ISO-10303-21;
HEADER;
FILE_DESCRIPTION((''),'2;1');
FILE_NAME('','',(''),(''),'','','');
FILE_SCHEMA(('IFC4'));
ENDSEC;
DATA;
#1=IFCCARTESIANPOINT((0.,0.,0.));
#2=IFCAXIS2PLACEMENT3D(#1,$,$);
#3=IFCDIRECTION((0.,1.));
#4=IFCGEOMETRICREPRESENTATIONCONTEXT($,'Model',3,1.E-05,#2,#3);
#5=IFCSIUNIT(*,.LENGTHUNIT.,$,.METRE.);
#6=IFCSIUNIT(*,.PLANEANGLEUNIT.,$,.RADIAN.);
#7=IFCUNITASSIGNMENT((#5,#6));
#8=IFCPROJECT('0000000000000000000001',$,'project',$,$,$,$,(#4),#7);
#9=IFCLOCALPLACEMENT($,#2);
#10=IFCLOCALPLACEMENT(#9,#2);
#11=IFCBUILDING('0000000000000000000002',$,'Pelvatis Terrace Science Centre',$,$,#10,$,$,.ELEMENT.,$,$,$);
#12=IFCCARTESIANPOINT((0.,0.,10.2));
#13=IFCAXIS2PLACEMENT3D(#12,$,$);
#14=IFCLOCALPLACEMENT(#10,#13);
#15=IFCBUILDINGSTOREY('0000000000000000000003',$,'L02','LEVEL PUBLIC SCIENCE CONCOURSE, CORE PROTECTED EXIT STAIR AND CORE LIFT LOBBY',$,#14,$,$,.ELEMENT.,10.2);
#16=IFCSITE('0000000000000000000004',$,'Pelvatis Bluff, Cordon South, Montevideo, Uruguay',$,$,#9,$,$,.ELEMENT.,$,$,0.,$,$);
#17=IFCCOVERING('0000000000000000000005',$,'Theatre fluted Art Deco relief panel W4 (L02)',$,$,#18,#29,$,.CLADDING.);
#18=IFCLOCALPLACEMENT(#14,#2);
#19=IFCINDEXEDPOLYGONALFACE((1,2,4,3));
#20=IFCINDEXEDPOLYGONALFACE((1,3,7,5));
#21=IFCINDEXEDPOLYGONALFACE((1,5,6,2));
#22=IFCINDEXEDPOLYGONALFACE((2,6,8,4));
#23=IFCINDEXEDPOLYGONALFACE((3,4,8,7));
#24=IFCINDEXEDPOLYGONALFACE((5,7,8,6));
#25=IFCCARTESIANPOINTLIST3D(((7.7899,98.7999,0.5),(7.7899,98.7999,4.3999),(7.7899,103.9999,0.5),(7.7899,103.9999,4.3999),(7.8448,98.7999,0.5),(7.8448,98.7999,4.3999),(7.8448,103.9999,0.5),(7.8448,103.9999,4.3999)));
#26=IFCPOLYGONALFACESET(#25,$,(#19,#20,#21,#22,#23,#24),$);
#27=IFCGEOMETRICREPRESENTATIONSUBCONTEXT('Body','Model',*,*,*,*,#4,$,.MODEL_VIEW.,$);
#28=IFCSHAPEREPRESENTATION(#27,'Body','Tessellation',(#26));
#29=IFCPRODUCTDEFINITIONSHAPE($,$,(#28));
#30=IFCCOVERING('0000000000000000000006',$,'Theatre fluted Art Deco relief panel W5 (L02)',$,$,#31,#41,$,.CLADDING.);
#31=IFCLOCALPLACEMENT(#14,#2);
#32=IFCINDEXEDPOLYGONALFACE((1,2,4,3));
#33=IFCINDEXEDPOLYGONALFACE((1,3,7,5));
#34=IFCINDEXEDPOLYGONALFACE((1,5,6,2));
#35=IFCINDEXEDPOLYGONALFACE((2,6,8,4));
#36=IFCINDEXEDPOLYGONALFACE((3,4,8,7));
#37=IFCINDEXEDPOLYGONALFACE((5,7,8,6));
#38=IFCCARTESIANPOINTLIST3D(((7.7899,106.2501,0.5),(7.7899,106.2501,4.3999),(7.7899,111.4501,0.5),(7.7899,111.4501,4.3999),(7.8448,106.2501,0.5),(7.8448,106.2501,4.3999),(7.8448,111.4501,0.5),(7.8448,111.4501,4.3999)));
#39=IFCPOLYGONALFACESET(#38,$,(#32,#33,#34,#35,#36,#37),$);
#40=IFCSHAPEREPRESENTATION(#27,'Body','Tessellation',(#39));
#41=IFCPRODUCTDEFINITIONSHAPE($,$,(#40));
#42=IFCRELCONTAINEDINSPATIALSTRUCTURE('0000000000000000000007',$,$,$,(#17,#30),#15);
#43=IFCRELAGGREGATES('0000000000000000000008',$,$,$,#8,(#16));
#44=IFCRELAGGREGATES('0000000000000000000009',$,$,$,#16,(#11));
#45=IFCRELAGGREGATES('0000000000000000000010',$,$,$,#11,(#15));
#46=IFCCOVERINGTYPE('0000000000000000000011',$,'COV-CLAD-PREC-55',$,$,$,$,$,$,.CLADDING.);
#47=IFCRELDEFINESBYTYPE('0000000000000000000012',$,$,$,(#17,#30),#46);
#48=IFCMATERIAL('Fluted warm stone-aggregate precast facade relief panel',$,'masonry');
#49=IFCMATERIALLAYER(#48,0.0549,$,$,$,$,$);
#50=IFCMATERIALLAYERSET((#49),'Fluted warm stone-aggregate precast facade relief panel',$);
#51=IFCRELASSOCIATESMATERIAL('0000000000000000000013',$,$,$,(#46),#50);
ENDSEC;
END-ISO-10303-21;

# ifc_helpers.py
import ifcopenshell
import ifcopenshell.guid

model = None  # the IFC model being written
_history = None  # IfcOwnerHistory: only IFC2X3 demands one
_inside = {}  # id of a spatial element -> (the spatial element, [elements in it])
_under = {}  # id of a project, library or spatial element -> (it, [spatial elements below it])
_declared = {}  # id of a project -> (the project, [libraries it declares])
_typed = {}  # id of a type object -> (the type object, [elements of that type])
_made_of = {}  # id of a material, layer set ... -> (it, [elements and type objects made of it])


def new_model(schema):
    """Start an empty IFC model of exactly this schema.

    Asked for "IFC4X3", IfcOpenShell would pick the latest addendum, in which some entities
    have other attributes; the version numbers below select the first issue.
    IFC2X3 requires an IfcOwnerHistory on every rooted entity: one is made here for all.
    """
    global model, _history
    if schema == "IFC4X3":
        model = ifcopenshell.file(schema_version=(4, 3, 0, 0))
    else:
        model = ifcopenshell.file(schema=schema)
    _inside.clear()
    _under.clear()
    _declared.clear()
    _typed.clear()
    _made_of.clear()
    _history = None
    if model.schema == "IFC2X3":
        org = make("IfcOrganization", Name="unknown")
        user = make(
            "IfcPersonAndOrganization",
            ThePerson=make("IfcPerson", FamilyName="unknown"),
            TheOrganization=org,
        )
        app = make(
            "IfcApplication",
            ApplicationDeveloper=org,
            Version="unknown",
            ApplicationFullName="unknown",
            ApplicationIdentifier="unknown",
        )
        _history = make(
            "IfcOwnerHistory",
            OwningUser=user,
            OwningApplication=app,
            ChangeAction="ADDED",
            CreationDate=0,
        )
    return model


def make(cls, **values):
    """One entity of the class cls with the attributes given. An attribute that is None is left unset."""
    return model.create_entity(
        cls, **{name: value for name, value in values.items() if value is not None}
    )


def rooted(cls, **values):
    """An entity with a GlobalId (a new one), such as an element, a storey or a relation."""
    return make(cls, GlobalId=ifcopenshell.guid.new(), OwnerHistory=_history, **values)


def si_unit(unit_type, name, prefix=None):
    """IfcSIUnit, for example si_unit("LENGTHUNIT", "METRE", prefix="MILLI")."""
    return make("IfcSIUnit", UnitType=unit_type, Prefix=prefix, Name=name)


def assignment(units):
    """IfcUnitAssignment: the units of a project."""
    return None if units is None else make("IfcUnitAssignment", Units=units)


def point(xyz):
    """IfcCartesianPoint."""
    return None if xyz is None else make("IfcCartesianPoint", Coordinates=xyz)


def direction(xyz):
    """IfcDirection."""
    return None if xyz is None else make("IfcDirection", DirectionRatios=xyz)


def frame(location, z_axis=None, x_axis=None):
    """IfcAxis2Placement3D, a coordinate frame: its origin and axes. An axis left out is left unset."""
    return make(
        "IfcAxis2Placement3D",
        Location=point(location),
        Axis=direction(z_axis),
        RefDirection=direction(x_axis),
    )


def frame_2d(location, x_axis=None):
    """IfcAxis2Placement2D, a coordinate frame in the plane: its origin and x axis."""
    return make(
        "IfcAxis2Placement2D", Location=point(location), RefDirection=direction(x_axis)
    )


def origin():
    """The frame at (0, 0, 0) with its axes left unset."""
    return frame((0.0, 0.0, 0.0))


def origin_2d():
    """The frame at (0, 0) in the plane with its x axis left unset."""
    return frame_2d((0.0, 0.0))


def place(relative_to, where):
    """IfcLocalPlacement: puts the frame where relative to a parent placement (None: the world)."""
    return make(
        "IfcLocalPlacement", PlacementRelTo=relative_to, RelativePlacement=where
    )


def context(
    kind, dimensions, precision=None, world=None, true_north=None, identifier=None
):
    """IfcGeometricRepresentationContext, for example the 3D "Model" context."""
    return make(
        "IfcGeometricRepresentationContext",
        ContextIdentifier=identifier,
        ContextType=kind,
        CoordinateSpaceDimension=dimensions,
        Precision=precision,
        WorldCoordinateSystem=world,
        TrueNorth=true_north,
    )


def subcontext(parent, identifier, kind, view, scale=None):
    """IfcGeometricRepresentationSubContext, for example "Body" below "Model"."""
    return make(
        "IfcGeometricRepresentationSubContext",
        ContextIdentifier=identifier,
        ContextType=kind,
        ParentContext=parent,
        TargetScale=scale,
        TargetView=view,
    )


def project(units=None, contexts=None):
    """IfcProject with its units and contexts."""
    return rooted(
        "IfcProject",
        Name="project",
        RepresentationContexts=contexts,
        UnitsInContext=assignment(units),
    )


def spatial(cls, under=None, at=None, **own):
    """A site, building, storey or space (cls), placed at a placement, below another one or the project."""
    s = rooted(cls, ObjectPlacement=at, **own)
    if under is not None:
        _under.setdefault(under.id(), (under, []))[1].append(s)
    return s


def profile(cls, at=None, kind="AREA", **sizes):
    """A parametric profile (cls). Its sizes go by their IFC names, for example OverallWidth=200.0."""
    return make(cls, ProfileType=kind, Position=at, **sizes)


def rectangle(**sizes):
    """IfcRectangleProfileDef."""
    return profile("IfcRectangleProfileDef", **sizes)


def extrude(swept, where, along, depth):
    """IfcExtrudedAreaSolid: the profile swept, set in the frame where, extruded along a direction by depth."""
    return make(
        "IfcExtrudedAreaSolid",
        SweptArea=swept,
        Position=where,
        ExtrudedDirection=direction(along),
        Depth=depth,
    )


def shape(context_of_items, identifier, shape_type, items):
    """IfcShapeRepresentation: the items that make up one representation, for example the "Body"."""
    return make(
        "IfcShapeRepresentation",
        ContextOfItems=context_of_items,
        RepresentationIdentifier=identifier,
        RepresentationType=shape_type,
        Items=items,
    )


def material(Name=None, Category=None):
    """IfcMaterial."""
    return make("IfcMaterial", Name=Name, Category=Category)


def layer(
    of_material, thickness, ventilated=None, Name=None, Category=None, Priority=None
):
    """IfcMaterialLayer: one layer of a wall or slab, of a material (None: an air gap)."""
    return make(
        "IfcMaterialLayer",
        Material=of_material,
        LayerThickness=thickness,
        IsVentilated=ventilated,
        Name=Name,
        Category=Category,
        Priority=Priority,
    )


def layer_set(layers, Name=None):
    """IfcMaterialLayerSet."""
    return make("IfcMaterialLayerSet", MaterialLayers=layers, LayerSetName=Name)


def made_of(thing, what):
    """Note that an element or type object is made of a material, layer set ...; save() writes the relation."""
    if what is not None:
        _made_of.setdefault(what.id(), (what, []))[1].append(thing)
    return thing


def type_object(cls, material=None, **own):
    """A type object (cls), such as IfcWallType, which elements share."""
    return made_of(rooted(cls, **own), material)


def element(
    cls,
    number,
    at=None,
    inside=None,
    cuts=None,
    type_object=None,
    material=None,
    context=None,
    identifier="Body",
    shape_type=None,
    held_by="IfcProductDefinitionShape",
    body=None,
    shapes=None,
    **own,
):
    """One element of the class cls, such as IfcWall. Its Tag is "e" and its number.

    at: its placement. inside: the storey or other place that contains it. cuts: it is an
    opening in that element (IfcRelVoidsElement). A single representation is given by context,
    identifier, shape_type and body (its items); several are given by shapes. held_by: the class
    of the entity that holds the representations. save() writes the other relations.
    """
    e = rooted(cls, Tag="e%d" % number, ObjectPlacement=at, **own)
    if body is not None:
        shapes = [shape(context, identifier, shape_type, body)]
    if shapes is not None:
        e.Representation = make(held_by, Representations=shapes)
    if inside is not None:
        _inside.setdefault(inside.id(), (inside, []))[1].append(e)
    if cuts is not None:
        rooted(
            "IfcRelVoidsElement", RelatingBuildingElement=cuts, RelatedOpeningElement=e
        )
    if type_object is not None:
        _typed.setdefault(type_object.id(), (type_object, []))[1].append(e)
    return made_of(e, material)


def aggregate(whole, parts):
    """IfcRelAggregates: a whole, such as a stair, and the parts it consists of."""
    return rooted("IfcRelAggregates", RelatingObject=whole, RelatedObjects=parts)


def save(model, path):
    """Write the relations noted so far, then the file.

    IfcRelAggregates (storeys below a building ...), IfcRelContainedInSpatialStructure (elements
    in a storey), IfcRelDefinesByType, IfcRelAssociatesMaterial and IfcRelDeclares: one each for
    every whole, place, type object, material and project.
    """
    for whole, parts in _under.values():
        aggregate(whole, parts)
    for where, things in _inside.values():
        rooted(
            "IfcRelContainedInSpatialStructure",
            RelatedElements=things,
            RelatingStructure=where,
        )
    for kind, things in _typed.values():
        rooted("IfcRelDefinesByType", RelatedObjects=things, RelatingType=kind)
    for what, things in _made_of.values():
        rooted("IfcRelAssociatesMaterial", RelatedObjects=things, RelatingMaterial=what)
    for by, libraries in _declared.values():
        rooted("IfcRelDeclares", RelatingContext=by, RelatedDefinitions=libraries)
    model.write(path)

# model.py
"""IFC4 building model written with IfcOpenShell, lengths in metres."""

from ifc_helpers import new_model, si_unit, direction, frame, origin, origin_2d, place, context, subcontext, project, spatial, rectangle, extrude, material, layer, layer_set, type_object, element, save


model = new_model("IFC4")

# Units and contexts
model_context = context("Model", 3, precision=1e-05, world=origin(), true_north=direction((0.0, 1.0)))
body_context = subcontext(model_context, "Body", "Model", "MODEL_VIEW")
ifc_project = project(units=[si_unit("LENGTHUNIT", "METRE"), si_unit("PLANEANGLEUNIT", "RADIAN")], contexts=[model_context])

# Site, building, storey
site_placement = place(None, origin())
site = spatial("IfcSite", under=ifc_project, at=site_placement, Name="Pelvatis Bluff, Cordon South, Montevideo, Uruguay", CompositionType="ELEMENT", RefElevation=0.0)
building_placement = place(site_placement, origin())
building = spatial("IfcBuilding", under=site, at=building_placement, Name="Pelvatis Terrace Science Centre", CompositionType="ELEMENT")
storey_placement = place(building_placement, frame((0.0, 0.0, 10.2)))
storey = spatial("IfcBuildingStorey", under=building, at=storey_placement, Name="L02", Description="LEVEL PUBLIC SCIENCE CONCOURSE, CORE PROTECTED EXIT STAIR AND CORE LIFT LOBBY", CompositionType="ELEMENT", Elevation=10.2)

# Coverings
ifc_material_1 = material(Name="Fluted warm stone-aggregate precast facade relief panel", Category="masonry")
ifc_layer_1 = layer(ifc_material_1, 0.0549)
ifc_layer_set_1 = layer_set([ifc_layer_1], Name="Fluted warm stone-aggregate precast facade relief panel")
covering_type = type_object("IfcCoveringType", Name="COV-CLAD-PREC-55", PredefinedType="CLADDING", material=ifc_layer_set_1)
for number, where, z_axis, x_axis, name in (
    (1, (7.8174, 101.3999, 0.5), (0.0, 0.0, 1.0), (1.0, 0.0, 0.0), "Theatre fluted Art Deco relief panel W4 (L02)"),
    (2, (7.8174, 108.8501, 0.5), (0.0, 0.0, 1.0), (1.0, 0.0, 0.0), "Theatre fluted Art Deco relief panel W5 (L02)"),
):
    element("IfcCovering", number, at=place(storey_placement, frame(where, z_axis=z_axis, x_axis=x_axis)), inside=storey, type_object=covering_type, Name=name, PredefinedType="CLADDING", context=body_context, shape_type="SweptSolid", body=[
        extrude(rectangle(XDim=0.0549, YDim=5.2, at=origin_2d()), origin(), (0.0, 0.0, 1.0), 3.8999),
    ])

save(model, "model.ifc")
